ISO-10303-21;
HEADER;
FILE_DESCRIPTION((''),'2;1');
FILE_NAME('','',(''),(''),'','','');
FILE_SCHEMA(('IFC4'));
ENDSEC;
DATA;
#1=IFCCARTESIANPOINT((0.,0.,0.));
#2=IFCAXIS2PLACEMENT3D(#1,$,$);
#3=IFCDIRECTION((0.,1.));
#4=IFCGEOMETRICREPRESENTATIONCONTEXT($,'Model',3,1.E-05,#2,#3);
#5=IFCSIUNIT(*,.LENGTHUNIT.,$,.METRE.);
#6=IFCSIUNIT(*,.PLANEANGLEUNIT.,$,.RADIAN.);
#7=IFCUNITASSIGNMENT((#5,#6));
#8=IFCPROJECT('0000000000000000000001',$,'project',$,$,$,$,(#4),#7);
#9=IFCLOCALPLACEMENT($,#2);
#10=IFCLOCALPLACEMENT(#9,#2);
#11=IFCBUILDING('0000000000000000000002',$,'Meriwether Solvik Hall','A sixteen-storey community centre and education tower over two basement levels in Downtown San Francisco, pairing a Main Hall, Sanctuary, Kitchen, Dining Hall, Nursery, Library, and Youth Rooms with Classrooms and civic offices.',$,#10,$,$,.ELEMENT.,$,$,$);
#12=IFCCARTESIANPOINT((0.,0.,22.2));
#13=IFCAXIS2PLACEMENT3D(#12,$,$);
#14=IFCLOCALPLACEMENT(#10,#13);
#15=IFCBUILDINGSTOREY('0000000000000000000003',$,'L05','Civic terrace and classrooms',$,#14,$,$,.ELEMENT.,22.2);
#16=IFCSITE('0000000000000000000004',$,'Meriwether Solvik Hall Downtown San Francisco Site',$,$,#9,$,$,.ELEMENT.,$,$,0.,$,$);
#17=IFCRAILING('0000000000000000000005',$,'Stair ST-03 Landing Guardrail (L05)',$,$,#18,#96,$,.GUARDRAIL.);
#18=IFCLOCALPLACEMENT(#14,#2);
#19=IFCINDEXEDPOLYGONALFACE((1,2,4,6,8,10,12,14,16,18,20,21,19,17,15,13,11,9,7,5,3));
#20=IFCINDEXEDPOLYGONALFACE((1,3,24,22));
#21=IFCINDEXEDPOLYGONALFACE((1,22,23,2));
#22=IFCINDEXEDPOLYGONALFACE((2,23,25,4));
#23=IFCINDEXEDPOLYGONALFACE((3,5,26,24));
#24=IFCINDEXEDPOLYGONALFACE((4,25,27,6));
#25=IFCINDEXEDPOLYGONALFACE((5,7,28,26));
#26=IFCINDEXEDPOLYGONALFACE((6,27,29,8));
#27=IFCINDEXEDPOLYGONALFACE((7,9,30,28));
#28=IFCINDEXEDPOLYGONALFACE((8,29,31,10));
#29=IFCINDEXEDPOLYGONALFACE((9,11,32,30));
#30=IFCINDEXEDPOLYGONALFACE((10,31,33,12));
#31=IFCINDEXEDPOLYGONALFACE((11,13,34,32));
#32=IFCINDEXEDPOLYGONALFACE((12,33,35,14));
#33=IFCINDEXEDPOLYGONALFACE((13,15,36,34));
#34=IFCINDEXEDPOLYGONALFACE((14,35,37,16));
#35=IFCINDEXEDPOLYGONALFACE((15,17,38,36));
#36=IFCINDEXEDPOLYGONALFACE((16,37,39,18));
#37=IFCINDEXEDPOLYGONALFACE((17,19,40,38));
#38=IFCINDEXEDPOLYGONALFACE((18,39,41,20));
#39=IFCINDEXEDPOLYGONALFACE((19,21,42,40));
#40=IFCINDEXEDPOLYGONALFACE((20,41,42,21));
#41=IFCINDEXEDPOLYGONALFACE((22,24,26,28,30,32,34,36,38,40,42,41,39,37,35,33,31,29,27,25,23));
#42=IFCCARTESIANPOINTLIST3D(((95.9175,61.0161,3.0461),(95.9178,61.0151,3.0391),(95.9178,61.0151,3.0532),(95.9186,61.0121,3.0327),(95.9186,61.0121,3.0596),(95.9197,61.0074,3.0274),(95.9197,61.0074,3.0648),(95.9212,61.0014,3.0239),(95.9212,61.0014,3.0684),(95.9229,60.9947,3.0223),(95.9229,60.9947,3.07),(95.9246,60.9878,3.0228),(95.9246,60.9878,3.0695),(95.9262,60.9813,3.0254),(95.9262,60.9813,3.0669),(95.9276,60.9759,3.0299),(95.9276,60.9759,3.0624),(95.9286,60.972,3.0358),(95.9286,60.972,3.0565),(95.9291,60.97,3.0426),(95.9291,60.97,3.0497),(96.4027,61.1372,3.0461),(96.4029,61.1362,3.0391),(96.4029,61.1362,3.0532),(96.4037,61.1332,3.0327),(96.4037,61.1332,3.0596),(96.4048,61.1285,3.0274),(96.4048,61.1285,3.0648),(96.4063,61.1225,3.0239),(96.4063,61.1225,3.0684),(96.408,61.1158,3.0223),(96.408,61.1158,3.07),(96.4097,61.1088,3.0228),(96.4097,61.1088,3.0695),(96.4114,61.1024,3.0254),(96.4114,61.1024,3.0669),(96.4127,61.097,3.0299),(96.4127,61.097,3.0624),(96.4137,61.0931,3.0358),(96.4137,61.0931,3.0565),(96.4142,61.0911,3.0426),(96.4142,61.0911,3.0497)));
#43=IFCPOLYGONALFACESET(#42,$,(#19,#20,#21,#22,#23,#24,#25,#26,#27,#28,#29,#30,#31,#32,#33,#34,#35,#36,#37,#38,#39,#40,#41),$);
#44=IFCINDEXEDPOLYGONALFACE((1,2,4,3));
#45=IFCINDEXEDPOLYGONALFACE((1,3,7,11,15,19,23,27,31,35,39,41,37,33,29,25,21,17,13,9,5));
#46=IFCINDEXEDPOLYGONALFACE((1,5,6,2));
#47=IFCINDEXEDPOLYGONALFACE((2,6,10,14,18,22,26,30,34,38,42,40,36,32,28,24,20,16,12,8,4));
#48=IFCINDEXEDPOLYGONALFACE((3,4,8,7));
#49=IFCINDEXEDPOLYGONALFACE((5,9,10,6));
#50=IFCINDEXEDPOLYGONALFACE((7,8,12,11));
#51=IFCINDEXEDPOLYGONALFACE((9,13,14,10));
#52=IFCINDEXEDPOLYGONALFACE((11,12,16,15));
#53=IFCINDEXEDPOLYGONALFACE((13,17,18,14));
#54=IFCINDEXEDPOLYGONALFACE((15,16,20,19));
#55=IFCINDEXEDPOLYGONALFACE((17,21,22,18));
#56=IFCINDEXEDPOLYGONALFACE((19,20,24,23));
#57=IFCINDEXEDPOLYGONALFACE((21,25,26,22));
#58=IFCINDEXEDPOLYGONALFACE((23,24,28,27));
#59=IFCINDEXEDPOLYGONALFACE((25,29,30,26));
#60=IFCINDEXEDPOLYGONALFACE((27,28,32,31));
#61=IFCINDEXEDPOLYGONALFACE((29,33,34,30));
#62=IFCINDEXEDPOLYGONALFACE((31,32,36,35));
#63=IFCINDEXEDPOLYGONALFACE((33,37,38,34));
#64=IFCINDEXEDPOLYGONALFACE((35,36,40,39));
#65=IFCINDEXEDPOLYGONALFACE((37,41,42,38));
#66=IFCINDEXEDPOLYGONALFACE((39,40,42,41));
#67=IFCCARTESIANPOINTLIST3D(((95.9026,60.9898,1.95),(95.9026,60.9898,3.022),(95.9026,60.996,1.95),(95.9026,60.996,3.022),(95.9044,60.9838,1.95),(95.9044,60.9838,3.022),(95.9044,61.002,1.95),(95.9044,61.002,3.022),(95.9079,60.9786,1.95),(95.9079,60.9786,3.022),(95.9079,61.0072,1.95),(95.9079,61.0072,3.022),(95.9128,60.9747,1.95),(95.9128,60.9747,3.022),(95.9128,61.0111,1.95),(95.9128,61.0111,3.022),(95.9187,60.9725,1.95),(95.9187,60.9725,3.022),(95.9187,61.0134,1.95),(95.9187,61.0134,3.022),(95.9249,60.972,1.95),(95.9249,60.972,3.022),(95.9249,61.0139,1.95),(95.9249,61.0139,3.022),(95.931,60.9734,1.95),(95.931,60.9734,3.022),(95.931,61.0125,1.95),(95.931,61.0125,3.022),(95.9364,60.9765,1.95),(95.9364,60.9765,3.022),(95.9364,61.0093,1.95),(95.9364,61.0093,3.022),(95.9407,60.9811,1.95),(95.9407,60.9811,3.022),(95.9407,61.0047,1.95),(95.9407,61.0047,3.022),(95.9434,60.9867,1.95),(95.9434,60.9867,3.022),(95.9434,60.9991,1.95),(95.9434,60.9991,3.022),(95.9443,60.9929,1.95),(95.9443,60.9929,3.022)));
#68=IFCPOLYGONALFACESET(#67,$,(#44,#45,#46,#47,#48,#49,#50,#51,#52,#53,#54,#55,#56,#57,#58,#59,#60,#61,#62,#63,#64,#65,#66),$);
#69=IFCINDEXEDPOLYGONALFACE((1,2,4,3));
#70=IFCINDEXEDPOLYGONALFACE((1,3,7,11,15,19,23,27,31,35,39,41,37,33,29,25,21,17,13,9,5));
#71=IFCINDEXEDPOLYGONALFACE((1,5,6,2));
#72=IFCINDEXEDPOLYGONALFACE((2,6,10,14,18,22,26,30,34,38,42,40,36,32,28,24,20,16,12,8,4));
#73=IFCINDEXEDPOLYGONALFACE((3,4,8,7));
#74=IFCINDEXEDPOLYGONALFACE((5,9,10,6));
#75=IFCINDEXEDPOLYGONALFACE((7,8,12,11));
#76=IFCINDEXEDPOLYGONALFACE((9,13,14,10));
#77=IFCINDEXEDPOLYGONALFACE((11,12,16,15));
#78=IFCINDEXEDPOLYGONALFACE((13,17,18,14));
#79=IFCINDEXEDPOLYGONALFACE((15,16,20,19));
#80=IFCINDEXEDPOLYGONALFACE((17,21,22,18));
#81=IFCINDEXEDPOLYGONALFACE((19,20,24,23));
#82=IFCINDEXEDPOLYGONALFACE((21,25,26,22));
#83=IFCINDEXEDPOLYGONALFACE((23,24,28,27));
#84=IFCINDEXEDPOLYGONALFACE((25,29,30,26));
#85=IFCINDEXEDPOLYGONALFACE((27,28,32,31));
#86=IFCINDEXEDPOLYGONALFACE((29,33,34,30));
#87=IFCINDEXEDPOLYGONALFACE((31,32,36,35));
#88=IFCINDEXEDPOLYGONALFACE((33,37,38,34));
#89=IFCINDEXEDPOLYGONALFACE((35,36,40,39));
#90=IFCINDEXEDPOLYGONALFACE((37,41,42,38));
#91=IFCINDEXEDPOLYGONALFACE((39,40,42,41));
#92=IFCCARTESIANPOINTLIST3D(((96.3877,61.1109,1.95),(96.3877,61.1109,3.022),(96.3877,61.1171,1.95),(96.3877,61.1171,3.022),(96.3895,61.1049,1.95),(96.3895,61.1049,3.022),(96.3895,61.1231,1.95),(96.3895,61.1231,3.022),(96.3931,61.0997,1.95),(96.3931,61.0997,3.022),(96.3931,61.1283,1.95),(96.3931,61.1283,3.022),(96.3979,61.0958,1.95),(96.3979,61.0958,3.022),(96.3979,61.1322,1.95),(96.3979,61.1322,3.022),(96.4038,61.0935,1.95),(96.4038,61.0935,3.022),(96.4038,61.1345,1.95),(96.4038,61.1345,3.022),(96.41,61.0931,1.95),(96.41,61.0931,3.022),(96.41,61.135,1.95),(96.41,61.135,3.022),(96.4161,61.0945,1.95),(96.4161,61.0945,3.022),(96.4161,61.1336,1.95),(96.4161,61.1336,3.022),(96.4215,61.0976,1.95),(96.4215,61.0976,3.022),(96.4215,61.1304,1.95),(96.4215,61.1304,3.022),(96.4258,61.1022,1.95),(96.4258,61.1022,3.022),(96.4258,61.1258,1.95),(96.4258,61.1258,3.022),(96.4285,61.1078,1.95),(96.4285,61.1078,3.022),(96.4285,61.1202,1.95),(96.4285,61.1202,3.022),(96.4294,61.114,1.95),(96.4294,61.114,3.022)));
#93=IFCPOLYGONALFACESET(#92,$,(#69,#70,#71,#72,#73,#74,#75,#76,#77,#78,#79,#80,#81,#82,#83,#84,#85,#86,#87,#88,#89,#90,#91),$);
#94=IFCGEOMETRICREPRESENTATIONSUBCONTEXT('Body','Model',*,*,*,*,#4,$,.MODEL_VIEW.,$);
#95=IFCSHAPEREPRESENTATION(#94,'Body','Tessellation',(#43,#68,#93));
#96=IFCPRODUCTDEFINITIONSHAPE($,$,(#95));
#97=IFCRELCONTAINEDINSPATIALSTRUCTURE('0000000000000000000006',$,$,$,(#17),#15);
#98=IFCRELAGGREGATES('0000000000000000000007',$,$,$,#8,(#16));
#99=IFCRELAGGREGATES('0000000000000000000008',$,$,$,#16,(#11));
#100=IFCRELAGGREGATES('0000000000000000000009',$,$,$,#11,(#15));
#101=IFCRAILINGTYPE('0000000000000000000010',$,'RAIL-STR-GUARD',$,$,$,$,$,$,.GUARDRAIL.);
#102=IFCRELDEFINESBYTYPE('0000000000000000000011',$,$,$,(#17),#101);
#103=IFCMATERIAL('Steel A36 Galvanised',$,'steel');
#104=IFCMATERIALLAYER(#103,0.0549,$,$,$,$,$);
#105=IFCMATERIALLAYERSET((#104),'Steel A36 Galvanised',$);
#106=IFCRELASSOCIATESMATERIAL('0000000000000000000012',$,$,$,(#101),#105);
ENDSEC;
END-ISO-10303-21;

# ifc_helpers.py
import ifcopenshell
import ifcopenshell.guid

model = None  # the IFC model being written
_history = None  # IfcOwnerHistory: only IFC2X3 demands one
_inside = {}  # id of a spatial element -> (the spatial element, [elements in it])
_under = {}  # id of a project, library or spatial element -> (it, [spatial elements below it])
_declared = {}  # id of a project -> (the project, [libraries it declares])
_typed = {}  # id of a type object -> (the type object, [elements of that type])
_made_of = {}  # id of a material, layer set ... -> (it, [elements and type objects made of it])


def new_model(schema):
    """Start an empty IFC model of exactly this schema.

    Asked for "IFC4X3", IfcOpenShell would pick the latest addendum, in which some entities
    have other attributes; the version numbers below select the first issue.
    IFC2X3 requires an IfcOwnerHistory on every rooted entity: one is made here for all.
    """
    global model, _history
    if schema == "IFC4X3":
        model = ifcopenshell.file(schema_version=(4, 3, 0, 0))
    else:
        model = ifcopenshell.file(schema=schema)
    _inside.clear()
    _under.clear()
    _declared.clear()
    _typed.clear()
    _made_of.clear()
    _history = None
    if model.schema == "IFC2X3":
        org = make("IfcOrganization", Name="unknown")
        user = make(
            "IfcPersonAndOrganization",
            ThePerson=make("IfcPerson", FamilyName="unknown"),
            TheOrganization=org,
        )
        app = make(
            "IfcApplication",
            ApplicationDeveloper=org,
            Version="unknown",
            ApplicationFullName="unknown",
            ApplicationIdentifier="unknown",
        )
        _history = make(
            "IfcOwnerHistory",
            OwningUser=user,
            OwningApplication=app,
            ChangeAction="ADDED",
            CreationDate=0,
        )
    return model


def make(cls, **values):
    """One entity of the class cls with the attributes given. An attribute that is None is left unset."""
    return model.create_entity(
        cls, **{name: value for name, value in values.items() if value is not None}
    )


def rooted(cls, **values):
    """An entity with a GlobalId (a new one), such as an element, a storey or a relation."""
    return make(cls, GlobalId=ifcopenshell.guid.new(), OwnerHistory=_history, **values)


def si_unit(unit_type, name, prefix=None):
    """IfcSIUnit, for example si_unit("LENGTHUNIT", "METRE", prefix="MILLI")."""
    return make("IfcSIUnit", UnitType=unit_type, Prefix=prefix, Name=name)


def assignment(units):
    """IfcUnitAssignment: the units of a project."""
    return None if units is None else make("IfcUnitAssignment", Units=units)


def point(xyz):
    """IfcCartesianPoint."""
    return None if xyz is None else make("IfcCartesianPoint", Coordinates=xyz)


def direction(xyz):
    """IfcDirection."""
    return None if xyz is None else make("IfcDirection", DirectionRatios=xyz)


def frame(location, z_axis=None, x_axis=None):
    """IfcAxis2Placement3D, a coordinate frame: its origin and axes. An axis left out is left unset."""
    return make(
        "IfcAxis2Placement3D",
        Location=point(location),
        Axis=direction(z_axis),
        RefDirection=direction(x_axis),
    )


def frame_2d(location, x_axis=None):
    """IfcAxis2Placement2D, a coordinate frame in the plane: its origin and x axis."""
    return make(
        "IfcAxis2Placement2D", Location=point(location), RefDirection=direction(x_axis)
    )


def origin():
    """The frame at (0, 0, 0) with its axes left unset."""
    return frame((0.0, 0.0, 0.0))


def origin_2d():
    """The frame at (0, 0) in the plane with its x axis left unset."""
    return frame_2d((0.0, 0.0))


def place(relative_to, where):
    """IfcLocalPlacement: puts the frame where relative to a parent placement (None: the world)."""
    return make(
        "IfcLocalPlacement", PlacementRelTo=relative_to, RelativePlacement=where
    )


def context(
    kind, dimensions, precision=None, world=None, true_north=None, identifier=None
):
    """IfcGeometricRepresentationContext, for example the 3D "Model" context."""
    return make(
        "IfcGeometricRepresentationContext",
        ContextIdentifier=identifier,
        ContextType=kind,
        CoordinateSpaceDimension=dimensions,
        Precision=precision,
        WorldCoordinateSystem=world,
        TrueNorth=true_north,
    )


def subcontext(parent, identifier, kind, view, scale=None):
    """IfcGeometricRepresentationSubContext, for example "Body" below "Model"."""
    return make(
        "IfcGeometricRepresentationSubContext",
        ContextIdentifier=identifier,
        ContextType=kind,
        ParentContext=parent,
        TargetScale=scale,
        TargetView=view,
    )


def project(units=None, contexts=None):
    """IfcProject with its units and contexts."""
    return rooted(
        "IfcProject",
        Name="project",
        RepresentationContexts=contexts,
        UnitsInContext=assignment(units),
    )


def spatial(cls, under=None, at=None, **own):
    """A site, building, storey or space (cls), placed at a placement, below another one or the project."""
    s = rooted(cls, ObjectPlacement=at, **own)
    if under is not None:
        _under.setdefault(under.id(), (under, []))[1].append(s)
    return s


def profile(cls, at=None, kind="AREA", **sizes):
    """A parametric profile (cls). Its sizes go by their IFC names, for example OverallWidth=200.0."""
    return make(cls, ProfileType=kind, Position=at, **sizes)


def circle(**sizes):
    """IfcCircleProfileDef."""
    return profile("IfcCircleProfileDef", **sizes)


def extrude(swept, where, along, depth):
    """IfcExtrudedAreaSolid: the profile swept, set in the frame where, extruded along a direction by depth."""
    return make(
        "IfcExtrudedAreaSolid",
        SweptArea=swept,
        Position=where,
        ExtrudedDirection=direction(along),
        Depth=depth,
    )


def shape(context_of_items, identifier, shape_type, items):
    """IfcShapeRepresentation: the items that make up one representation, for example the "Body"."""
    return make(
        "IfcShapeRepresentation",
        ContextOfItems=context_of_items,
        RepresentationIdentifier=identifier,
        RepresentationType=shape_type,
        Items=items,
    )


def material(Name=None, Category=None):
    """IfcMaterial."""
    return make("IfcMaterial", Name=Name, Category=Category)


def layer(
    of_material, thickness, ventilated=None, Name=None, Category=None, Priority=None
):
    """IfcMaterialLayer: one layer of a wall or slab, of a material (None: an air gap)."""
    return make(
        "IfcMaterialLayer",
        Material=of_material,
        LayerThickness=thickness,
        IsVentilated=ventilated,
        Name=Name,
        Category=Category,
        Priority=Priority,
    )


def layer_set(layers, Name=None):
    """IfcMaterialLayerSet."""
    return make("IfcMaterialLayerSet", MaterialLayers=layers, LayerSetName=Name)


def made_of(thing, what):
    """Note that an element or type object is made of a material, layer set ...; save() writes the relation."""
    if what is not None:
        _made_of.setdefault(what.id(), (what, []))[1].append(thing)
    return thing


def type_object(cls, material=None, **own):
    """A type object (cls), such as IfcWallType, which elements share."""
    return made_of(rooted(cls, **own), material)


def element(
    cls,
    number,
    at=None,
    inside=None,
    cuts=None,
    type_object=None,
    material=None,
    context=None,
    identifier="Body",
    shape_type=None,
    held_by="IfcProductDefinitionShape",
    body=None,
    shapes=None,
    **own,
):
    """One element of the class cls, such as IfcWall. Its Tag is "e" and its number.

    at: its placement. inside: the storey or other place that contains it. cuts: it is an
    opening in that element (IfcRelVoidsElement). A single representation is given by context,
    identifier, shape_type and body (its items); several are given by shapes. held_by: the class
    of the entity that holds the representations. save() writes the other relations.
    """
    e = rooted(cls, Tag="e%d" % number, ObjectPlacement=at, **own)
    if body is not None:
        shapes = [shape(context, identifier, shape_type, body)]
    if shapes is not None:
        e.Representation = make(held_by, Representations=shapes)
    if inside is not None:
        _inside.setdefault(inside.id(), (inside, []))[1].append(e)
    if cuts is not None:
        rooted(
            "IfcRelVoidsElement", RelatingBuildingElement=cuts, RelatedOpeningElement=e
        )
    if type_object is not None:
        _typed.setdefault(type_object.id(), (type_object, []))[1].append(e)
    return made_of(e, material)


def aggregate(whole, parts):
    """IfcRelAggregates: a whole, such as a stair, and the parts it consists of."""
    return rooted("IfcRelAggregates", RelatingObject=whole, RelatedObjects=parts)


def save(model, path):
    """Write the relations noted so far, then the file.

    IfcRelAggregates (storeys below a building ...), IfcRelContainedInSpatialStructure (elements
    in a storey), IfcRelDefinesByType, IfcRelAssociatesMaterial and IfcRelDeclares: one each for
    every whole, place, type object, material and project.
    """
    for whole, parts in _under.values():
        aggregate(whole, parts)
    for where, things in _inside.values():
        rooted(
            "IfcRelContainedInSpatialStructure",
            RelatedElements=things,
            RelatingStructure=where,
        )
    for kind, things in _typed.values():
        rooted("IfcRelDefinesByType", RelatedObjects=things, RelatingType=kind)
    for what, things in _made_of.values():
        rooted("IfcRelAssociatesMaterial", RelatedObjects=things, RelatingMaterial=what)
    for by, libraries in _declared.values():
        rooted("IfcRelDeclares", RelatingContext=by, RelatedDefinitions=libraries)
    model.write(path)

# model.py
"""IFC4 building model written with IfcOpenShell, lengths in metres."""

from ifc_helpers import new_model, si_unit, direction, frame, origin, origin_2d, place, context, subcontext, project, spatial, circle, extrude, material, layer, layer_set, type_object, element, save


model = new_model("IFC4")

# Units and contexts
model_context = context("Model", 3, precision=1e-05, world=origin(), true_north=direction((0.0, 1.0)))
body_context = subcontext(model_context, "Body", "Model", "MODEL_VIEW")
ifc_project = project(units=[si_unit("LENGTHUNIT", "METRE"), si_unit("PLANEANGLEUNIT", "RADIAN")], contexts=[model_context])

# Site, building, storey
site_placement = place(None, origin())
site = spatial("IfcSite", under=ifc_project, at=site_placement, Name="Meriwether Solvik Hall Downtown San Francisco Site", CompositionType="ELEMENT", RefElevation=0.0)
building_placement = place(site_placement, origin())
building = spatial("IfcBuilding", under=site, at=building_placement, Name="Meriwether Solvik Hall", Description="A sixteen-storey community centre and education tower over two basement levels in Downtown San Francisco, pairing a Main Hall, Sanctuary, Kitchen, Dining Hall, Nursery, Library, and Youth Rooms with Classrooms and civic offices.", CompositionType="ELEMENT")
storey_placement = place(building_placement, frame((0.0, 0.0, 22.2)))
storey = spatial("IfcBuildingStorey", under=building, at=storey_placement, Name="L05", Description="Civic terrace and classrooms", CompositionType="ELEMENT", Elevation=22.2)

# Railing
ifc_material_1 = material(Name="Steel A36 Galvanised", Category="steel")
ifc_layer_1 = layer(ifc_material_1, 0.0549)
ifc_layer_set_1 = layer_set([ifc_layer_1], Name="Steel A36 Galvanised")
railing_type_1 = type_object("IfcRailingType", Name="RAIL-STR-GUARD", PredefinedType="GUARDRAIL", material=ifc_layer_set_1)
railing_1_placement = place(storey_placement, frame((95.9233, 60.9929, 1.95)))
element("IfcRailing", 1, at=railing_1_placement, inside=storey, type_object=railing_type_1, Name="Stair ST-03 Landing Guardrail (L05)", PredefinedType="GUARDRAIL", context=body_context, shape_type="SweptSolid", body=[
    extrude(circle(Radius=0.0239, at=origin_2d()), frame((0.0, 0.0, 1.0962), z_axis=(0.970229, 0.242191, 0.0), x_axis=(-0.242191, 0.970229, 0.0)), (0.0, 0.0, 1.0), 0.5),
    extrude(circle(Radius=0.021, at=origin_2d()), origin(), (0.0, 0.0, 1.0), 1.072),
    extrude(circle(Radius=0.021, at=origin_2d()), frame((0.4851, 0.1211, 0.0)), (0.0, 0.0, 1.0), 1.072),
])

save(model, "model.ifc")
